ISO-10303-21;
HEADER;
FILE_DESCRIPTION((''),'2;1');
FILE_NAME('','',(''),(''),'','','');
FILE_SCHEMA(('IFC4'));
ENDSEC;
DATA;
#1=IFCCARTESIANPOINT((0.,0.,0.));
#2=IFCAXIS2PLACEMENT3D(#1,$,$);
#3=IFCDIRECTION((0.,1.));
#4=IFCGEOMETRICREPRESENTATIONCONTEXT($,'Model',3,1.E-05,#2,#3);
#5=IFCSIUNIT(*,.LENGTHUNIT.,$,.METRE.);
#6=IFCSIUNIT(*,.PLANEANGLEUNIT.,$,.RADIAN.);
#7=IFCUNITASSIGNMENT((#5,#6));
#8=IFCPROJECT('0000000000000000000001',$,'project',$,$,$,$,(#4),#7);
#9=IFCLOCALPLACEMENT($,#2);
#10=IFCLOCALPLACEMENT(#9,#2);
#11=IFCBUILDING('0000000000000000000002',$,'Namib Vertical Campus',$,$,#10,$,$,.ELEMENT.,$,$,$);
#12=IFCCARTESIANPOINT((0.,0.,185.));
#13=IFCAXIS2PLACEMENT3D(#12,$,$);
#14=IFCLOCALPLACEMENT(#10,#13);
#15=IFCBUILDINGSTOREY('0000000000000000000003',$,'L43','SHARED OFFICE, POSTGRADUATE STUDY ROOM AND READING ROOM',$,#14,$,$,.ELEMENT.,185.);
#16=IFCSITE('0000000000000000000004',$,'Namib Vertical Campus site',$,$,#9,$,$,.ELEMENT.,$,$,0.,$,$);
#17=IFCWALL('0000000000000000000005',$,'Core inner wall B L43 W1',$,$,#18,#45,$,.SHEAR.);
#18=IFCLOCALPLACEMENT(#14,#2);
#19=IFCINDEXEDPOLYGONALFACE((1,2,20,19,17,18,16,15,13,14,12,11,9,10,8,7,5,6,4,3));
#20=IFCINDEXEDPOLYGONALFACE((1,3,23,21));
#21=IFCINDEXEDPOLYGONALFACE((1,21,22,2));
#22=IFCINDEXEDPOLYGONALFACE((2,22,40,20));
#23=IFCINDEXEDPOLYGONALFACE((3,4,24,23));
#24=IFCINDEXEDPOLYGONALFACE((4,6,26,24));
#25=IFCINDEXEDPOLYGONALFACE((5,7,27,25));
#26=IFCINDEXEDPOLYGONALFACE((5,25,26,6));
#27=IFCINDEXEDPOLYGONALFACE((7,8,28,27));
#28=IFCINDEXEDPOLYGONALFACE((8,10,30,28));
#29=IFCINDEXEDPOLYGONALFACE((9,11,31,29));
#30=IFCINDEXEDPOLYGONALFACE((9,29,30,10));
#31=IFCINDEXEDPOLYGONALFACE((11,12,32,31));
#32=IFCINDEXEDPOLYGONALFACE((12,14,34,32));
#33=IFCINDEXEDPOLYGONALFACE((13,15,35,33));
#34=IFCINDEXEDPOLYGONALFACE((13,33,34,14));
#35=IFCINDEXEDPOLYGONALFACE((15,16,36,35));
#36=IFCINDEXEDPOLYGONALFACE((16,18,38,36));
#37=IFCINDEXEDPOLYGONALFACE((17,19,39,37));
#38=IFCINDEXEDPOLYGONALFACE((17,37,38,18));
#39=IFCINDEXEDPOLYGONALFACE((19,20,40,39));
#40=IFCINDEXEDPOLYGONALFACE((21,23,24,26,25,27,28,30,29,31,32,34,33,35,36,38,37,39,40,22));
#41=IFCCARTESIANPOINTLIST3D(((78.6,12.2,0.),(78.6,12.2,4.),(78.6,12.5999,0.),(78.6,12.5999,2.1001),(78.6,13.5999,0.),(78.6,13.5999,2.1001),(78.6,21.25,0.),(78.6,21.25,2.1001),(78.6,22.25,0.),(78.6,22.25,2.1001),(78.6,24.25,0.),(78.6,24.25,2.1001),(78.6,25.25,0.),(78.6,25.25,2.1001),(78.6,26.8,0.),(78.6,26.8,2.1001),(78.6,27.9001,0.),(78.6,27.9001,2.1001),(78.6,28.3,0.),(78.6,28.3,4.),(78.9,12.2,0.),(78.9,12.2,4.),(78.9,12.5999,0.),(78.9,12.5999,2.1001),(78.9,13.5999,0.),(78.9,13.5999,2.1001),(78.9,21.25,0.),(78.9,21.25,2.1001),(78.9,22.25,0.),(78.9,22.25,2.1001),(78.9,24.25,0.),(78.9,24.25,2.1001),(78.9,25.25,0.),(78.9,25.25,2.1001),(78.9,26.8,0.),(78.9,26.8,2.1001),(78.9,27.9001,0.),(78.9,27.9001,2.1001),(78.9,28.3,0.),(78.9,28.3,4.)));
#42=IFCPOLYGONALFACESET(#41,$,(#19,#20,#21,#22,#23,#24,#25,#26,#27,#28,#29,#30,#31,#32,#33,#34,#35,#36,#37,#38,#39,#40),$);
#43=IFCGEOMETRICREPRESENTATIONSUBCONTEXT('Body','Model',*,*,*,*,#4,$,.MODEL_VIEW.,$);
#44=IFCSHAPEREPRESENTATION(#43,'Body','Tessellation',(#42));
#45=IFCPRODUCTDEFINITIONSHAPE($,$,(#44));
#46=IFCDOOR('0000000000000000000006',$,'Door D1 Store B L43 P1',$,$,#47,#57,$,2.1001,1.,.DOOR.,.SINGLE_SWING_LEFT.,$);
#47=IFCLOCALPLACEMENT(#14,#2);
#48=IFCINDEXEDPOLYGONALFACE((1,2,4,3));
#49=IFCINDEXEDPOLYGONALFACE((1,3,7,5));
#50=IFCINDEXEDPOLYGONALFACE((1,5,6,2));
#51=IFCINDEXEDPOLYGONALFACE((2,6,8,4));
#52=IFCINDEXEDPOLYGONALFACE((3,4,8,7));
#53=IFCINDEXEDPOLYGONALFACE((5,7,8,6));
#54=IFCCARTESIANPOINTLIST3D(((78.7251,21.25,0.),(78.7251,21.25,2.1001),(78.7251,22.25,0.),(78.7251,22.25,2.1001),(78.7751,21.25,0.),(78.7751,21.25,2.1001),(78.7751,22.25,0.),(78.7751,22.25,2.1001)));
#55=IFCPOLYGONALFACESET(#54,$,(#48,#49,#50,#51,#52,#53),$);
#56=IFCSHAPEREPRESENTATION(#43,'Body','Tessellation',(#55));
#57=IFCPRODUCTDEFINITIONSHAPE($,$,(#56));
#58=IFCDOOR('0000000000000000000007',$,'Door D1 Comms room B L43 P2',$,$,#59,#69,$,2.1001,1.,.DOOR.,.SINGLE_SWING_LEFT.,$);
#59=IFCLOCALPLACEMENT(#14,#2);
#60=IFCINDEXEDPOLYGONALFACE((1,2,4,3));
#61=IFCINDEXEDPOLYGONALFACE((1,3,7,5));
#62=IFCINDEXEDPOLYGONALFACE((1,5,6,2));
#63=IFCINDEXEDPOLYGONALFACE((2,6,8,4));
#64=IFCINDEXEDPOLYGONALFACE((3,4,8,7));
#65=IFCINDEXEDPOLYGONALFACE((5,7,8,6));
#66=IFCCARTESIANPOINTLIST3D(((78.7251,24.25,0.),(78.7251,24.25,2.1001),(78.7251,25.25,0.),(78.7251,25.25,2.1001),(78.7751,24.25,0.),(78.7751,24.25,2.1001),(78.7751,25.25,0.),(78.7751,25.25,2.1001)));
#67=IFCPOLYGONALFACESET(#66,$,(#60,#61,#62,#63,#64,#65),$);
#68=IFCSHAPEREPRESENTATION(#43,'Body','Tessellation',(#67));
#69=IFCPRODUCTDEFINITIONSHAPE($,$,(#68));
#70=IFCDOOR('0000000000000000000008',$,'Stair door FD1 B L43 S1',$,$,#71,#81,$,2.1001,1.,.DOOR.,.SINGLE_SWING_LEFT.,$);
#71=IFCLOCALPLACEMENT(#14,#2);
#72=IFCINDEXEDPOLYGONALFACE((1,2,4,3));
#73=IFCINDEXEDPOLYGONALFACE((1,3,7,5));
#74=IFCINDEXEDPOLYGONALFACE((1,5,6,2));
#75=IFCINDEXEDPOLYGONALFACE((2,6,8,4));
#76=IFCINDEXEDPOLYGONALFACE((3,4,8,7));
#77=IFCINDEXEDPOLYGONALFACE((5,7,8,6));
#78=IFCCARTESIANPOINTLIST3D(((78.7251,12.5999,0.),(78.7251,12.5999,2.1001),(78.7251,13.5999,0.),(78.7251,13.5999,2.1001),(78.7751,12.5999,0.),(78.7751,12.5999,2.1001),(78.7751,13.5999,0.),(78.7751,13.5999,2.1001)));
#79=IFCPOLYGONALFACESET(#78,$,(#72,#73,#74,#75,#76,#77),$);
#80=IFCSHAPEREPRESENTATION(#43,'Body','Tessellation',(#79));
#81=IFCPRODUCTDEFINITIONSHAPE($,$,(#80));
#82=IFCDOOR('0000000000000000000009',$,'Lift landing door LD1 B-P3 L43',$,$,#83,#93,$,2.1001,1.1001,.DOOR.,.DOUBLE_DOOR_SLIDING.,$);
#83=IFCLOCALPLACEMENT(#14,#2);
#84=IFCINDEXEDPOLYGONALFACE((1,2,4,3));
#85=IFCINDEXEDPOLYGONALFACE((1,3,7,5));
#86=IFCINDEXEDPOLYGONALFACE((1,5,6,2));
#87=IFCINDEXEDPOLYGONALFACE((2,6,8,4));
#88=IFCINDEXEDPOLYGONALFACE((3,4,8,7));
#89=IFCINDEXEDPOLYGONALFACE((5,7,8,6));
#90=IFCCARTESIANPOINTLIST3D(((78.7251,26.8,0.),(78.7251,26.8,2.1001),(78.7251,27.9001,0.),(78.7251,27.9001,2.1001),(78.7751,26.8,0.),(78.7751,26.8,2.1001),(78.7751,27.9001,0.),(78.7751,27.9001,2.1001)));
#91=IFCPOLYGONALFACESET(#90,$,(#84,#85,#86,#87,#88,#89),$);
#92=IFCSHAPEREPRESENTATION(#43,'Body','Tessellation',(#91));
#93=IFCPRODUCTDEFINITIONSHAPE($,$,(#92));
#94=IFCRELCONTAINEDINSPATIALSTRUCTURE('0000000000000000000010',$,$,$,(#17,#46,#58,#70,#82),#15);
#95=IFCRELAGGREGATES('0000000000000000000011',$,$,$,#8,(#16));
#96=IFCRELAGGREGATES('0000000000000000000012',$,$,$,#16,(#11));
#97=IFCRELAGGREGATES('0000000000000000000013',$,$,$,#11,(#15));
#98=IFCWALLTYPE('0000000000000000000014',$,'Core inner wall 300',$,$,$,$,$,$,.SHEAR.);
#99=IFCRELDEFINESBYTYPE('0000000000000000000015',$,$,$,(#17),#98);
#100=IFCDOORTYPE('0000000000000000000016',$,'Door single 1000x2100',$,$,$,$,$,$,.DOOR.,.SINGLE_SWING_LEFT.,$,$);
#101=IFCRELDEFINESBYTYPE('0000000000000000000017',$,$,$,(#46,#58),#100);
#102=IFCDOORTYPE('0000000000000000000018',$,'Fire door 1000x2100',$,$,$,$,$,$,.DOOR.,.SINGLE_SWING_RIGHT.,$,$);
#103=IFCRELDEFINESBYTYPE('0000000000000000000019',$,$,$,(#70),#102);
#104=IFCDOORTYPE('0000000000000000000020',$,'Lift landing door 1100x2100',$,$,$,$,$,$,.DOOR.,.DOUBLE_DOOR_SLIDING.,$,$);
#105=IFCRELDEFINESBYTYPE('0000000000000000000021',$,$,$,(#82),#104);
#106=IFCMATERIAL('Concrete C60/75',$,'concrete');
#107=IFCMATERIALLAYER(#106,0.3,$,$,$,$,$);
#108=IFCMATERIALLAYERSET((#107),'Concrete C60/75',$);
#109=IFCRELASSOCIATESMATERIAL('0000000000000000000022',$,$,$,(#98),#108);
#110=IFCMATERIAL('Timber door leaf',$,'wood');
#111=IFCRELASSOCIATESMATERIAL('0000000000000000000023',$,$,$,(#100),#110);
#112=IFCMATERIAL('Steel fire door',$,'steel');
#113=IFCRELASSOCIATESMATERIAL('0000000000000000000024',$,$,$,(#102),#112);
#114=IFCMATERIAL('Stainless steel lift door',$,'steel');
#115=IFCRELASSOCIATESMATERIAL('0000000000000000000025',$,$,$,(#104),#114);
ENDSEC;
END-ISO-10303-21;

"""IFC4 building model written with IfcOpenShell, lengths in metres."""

from ifc_helpers import new_model, si_unit, direction, frame, frame_2d, origin, place, context, subcontext, project, spatial, rectangle, extrude, material, layer, layer_set, type_object, element, fill, save


model = new_model("IFC4")

# Units and contexts
model_context = context("Model", 3, precision=1e-05, world=origin(), true_north=direction((0.0, 1.0)))
body_context = subcontext(model_context, "Body", "Model", "MODEL_VIEW")
ifc_project = project(units=[si_unit("LENGTHUNIT", "METRE"), si_unit("PLANEANGLEUNIT", "RADIAN")], contexts=[model_context])

# Site, building, storey
site_placement = place(None, origin())
site = spatial("IfcSite", under=ifc_project, at=site_placement, Name="Namib Vertical Campus site", CompositionType="ELEMENT", RefElevation=0.0)
building_placement = place(site_placement, origin())
building = spatial("IfcBuilding", under=site, at=building_placement, Name="Namib Vertical Campus", CompositionType="ELEMENT")
storey_placement = place(building_placement, frame((0.0, 0.0, 185.0)))
storey = spatial("IfcBuildingStorey", under=building, at=storey_placement, Name="L43", Description="SHARED OFFICE, POSTGRADUATE STUDY ROOM AND READING ROOM", CompositionType="ELEMENT", Elevation=185.0)

# Wall, openings, doors
ifc_material_1 = material(Name="Concrete C60/75", Category="concrete")
ifc_layer_1 = layer(ifc_material_1, 0.3)
ifc_layer_set_1 = layer_set([ifc_layer_1], Name="Concrete C60/75")
wall_type_1 = type_object("IfcWallType", Name="Core inner wall 300", PredefinedType="SHEAR", material=ifc_layer_set_1)
wall_1_placement = place(storey_placement, frame((78.75, 12.2, 0.0), z_axis=(0.0, 0.0, 1.0), x_axis=(0.0, 1.0, 0.0)))
wall_1 = element("IfcWall", 1, at=wall_1_placement, inside=storey, type_object=wall_type_1, Name="Core inner wall B L43 W1", PredefinedType="SHEAR", context=body_context, shape_type="SweptSolid", body=[
    extrude(rectangle(XDim=16.1001, YDim=0.3, at=frame_2d((8.05, 0.0))), origin(), (0.0, 0.0, 1.0), 4.0),
])
opening_1_placement = place(wall_1_placement, frame((0.3999, 0.0, 0.0)))
opening_1 = element("IfcOpeningElement", 2, at=opening_1_placement, cuts=wall_1, PredefinedType="OPENING", context=body_context, shape_type="SweptSolid", body=[
    extrude(rectangle(XDim=1.0, YDim=2.1001, at=frame_2d((0.5, 1.05))), frame((0.0, 0.1599, 0.0), z_axis=(0.0, -1.0, 0.0), x_axis=(1.0, 0.0, 0.0)), (0.0, 0.0, 1.0), 0.3201),
])
opening_2_placement = place(wall_1_placement, frame((14.6001, 0.0, 0.0)))
opening_2 = element("IfcOpeningElement", 3, at=opening_2_placement, cuts=wall_1, PredefinedType="OPENING", context=body_context, shape_type="SweptSolid", body=[
    extrude(rectangle(XDim=1.1001, YDim=2.1001, at=frame_2d((0.55, 1.05))), frame((0.0, 0.1599, 0.0), z_axis=(0.0, -1.0, 0.0), x_axis=(1.0, 0.0, 0.0)), (0.0, 0.0, 1.0), 0.3201),
])
opening_3_placement = place(wall_1_placement, frame((9.05, 0.0, 0.0)))
opening_3 = element("IfcOpeningElement", 4, at=opening_3_placement, cuts=wall_1, PredefinedType="OPENING", context=body_context, shape_type="SweptSolid", body=[
    extrude(rectangle(XDim=1.0, YDim=2.1001, at=frame_2d((0.5, 1.05))), frame((0.0, 0.1599, 0.0), z_axis=(0.0, -1.0, 0.0), x_axis=(1.0, 0.0, 0.0)), (0.0, 0.0, 1.0), 0.3201),
])
opening_4_placement = place(wall_1_placement, frame((12.05, 0.0, 0.0)))
opening_4 = element("IfcOpeningElement", 5, at=opening_4_placement, cuts=wall_1, PredefinedType="OPENING", context=body_context, shape_type="SweptSolid", body=[
    extrude(rectangle(XDim=1.0, YDim=2.1001, at=frame_2d((0.5, 1.05))), frame((0.0, 0.1599, 0.0), z_axis=(0.0, -1.0, 0.0), x_axis=(1.0, 0.0, 0.0)), (0.0, 0.0, 1.0), 0.3201),
])
ifc_material_2 = material(Name="Timber door leaf", Category="wood")
door_type_1 = type_object("IfcDoorType", Name="Door single 1000x2100", OperationType="SINGLE_SWING_LEFT", PredefinedType="DOOR", material=ifc_material_2)
door_1_placement = place(opening_3_placement, origin())
door_1 = element("IfcDoor", 6, at=door_1_placement, inside=storey, type_object=door_type_1, Name="Door D1 Store B L43 P1", OperationType="SINGLE_SWING_LEFT", OverallHeight=2.1001, OverallWidth=1.0, PredefinedType="DOOR", context=body_context, shape_type="SweptSolid", body=[
    extrude(rectangle(XDim=1.0, YDim=2.1001, at=frame_2d((0.5, 1.05))), frame((0.0, 0.0249, 0.0), z_axis=(0.0, -1.0, 0.0), x_axis=(1.0, 0.0, 0.0)), (0.0, 0.0, 1.0), 0.05),
])
fill(opening_3, door_1)
door_2_placement = place(opening_4_placement, origin())
door_2 = element("IfcDoor", 7, at=door_2_placement, inside=storey, type_object=door_type_1, Name="Door D1 Comms room B L43 P2", OperationType="SINGLE_SWING_LEFT", OverallHeight=2.1001, OverallWidth=1.0, PredefinedType="DOOR", context=body_context, shape_type="SweptSolid", body=[
    extrude(rectangle(XDim=1.0, YDim=2.1001, at=frame_2d((0.5, 1.05))), frame((0.0, 0.0249, 0.0), z_axis=(0.0, -1.0, 0.0), x_axis=(1.0, 0.0, 0.0)), (0.0, 0.0, 1.0), 0.05),
])
fill(opening_4, door_2)
ifc_material_3 = material(Name="Steel fire door", Category="steel")
door_type_2 = type_object("IfcDoorType", Name="Fire door 1000x2100", OperationType="SINGLE_SWING_RIGHT", PredefinedType="DOOR", material=ifc_material_3)
door_3_placement = place(opening_1_placement, origin())
door_3 = element("IfcDoor", 8, at=door_3_placement, inside=storey, type_object=door_type_2, Name="Stair door FD1 B L43 S1", OperationType="SINGLE_SWING_LEFT", OverallHeight=2.1001, OverallWidth=1.0, PredefinedType="DOOR", context=body_context, shape_type="SweptSolid", body=[
    extrude(rectangle(XDim=1.0, YDim=2.1001, at=frame_2d((0.5, 1.05))), frame((0.0, 0.0249, 0.0), z_axis=(0.0, -1.0, 0.0), x_axis=(1.0, 0.0, 0.0)), (0.0, 0.0, 1.0), 0.05),
])
fill(opening_1, door_3)
ifc_material_4 = material(Name="Stainless steel lift door", Category="steel")
door_type_3 = type_object("IfcDoorType", Name="Lift landing door 1100x2100", OperationType="DOUBLE_DOOR_SLIDING", PredefinedType="DOOR", material=ifc_material_4)
door_4_placement = place(opening_2_placement, origin())
door_4 = element("IfcDoor", 9, at=door_4_placement, inside=storey, type_object=door_type_3, Name="Lift landing door LD1 B-P3 L43", OperationType="DOUBLE_DOOR_SLIDING", OverallHeight=2.1001, OverallWidth=1.1001, PredefinedType="DOOR", context=body_context, shape_type="SweptSolid", body=[
    extrude(rectangle(XDim=1.1001, YDim=2.1001, at=frame_2d((0.55, 1.05))), frame((0.0, 0.0249, 0.0), z_axis=(0.0, -1.0, 0.0), x_axis=(1.0, 0.0, 0.0)), (0.0, 0.0, 1.0), 0.05),
])
fill(opening_2, door_4)

save(model, "model.ifc")
